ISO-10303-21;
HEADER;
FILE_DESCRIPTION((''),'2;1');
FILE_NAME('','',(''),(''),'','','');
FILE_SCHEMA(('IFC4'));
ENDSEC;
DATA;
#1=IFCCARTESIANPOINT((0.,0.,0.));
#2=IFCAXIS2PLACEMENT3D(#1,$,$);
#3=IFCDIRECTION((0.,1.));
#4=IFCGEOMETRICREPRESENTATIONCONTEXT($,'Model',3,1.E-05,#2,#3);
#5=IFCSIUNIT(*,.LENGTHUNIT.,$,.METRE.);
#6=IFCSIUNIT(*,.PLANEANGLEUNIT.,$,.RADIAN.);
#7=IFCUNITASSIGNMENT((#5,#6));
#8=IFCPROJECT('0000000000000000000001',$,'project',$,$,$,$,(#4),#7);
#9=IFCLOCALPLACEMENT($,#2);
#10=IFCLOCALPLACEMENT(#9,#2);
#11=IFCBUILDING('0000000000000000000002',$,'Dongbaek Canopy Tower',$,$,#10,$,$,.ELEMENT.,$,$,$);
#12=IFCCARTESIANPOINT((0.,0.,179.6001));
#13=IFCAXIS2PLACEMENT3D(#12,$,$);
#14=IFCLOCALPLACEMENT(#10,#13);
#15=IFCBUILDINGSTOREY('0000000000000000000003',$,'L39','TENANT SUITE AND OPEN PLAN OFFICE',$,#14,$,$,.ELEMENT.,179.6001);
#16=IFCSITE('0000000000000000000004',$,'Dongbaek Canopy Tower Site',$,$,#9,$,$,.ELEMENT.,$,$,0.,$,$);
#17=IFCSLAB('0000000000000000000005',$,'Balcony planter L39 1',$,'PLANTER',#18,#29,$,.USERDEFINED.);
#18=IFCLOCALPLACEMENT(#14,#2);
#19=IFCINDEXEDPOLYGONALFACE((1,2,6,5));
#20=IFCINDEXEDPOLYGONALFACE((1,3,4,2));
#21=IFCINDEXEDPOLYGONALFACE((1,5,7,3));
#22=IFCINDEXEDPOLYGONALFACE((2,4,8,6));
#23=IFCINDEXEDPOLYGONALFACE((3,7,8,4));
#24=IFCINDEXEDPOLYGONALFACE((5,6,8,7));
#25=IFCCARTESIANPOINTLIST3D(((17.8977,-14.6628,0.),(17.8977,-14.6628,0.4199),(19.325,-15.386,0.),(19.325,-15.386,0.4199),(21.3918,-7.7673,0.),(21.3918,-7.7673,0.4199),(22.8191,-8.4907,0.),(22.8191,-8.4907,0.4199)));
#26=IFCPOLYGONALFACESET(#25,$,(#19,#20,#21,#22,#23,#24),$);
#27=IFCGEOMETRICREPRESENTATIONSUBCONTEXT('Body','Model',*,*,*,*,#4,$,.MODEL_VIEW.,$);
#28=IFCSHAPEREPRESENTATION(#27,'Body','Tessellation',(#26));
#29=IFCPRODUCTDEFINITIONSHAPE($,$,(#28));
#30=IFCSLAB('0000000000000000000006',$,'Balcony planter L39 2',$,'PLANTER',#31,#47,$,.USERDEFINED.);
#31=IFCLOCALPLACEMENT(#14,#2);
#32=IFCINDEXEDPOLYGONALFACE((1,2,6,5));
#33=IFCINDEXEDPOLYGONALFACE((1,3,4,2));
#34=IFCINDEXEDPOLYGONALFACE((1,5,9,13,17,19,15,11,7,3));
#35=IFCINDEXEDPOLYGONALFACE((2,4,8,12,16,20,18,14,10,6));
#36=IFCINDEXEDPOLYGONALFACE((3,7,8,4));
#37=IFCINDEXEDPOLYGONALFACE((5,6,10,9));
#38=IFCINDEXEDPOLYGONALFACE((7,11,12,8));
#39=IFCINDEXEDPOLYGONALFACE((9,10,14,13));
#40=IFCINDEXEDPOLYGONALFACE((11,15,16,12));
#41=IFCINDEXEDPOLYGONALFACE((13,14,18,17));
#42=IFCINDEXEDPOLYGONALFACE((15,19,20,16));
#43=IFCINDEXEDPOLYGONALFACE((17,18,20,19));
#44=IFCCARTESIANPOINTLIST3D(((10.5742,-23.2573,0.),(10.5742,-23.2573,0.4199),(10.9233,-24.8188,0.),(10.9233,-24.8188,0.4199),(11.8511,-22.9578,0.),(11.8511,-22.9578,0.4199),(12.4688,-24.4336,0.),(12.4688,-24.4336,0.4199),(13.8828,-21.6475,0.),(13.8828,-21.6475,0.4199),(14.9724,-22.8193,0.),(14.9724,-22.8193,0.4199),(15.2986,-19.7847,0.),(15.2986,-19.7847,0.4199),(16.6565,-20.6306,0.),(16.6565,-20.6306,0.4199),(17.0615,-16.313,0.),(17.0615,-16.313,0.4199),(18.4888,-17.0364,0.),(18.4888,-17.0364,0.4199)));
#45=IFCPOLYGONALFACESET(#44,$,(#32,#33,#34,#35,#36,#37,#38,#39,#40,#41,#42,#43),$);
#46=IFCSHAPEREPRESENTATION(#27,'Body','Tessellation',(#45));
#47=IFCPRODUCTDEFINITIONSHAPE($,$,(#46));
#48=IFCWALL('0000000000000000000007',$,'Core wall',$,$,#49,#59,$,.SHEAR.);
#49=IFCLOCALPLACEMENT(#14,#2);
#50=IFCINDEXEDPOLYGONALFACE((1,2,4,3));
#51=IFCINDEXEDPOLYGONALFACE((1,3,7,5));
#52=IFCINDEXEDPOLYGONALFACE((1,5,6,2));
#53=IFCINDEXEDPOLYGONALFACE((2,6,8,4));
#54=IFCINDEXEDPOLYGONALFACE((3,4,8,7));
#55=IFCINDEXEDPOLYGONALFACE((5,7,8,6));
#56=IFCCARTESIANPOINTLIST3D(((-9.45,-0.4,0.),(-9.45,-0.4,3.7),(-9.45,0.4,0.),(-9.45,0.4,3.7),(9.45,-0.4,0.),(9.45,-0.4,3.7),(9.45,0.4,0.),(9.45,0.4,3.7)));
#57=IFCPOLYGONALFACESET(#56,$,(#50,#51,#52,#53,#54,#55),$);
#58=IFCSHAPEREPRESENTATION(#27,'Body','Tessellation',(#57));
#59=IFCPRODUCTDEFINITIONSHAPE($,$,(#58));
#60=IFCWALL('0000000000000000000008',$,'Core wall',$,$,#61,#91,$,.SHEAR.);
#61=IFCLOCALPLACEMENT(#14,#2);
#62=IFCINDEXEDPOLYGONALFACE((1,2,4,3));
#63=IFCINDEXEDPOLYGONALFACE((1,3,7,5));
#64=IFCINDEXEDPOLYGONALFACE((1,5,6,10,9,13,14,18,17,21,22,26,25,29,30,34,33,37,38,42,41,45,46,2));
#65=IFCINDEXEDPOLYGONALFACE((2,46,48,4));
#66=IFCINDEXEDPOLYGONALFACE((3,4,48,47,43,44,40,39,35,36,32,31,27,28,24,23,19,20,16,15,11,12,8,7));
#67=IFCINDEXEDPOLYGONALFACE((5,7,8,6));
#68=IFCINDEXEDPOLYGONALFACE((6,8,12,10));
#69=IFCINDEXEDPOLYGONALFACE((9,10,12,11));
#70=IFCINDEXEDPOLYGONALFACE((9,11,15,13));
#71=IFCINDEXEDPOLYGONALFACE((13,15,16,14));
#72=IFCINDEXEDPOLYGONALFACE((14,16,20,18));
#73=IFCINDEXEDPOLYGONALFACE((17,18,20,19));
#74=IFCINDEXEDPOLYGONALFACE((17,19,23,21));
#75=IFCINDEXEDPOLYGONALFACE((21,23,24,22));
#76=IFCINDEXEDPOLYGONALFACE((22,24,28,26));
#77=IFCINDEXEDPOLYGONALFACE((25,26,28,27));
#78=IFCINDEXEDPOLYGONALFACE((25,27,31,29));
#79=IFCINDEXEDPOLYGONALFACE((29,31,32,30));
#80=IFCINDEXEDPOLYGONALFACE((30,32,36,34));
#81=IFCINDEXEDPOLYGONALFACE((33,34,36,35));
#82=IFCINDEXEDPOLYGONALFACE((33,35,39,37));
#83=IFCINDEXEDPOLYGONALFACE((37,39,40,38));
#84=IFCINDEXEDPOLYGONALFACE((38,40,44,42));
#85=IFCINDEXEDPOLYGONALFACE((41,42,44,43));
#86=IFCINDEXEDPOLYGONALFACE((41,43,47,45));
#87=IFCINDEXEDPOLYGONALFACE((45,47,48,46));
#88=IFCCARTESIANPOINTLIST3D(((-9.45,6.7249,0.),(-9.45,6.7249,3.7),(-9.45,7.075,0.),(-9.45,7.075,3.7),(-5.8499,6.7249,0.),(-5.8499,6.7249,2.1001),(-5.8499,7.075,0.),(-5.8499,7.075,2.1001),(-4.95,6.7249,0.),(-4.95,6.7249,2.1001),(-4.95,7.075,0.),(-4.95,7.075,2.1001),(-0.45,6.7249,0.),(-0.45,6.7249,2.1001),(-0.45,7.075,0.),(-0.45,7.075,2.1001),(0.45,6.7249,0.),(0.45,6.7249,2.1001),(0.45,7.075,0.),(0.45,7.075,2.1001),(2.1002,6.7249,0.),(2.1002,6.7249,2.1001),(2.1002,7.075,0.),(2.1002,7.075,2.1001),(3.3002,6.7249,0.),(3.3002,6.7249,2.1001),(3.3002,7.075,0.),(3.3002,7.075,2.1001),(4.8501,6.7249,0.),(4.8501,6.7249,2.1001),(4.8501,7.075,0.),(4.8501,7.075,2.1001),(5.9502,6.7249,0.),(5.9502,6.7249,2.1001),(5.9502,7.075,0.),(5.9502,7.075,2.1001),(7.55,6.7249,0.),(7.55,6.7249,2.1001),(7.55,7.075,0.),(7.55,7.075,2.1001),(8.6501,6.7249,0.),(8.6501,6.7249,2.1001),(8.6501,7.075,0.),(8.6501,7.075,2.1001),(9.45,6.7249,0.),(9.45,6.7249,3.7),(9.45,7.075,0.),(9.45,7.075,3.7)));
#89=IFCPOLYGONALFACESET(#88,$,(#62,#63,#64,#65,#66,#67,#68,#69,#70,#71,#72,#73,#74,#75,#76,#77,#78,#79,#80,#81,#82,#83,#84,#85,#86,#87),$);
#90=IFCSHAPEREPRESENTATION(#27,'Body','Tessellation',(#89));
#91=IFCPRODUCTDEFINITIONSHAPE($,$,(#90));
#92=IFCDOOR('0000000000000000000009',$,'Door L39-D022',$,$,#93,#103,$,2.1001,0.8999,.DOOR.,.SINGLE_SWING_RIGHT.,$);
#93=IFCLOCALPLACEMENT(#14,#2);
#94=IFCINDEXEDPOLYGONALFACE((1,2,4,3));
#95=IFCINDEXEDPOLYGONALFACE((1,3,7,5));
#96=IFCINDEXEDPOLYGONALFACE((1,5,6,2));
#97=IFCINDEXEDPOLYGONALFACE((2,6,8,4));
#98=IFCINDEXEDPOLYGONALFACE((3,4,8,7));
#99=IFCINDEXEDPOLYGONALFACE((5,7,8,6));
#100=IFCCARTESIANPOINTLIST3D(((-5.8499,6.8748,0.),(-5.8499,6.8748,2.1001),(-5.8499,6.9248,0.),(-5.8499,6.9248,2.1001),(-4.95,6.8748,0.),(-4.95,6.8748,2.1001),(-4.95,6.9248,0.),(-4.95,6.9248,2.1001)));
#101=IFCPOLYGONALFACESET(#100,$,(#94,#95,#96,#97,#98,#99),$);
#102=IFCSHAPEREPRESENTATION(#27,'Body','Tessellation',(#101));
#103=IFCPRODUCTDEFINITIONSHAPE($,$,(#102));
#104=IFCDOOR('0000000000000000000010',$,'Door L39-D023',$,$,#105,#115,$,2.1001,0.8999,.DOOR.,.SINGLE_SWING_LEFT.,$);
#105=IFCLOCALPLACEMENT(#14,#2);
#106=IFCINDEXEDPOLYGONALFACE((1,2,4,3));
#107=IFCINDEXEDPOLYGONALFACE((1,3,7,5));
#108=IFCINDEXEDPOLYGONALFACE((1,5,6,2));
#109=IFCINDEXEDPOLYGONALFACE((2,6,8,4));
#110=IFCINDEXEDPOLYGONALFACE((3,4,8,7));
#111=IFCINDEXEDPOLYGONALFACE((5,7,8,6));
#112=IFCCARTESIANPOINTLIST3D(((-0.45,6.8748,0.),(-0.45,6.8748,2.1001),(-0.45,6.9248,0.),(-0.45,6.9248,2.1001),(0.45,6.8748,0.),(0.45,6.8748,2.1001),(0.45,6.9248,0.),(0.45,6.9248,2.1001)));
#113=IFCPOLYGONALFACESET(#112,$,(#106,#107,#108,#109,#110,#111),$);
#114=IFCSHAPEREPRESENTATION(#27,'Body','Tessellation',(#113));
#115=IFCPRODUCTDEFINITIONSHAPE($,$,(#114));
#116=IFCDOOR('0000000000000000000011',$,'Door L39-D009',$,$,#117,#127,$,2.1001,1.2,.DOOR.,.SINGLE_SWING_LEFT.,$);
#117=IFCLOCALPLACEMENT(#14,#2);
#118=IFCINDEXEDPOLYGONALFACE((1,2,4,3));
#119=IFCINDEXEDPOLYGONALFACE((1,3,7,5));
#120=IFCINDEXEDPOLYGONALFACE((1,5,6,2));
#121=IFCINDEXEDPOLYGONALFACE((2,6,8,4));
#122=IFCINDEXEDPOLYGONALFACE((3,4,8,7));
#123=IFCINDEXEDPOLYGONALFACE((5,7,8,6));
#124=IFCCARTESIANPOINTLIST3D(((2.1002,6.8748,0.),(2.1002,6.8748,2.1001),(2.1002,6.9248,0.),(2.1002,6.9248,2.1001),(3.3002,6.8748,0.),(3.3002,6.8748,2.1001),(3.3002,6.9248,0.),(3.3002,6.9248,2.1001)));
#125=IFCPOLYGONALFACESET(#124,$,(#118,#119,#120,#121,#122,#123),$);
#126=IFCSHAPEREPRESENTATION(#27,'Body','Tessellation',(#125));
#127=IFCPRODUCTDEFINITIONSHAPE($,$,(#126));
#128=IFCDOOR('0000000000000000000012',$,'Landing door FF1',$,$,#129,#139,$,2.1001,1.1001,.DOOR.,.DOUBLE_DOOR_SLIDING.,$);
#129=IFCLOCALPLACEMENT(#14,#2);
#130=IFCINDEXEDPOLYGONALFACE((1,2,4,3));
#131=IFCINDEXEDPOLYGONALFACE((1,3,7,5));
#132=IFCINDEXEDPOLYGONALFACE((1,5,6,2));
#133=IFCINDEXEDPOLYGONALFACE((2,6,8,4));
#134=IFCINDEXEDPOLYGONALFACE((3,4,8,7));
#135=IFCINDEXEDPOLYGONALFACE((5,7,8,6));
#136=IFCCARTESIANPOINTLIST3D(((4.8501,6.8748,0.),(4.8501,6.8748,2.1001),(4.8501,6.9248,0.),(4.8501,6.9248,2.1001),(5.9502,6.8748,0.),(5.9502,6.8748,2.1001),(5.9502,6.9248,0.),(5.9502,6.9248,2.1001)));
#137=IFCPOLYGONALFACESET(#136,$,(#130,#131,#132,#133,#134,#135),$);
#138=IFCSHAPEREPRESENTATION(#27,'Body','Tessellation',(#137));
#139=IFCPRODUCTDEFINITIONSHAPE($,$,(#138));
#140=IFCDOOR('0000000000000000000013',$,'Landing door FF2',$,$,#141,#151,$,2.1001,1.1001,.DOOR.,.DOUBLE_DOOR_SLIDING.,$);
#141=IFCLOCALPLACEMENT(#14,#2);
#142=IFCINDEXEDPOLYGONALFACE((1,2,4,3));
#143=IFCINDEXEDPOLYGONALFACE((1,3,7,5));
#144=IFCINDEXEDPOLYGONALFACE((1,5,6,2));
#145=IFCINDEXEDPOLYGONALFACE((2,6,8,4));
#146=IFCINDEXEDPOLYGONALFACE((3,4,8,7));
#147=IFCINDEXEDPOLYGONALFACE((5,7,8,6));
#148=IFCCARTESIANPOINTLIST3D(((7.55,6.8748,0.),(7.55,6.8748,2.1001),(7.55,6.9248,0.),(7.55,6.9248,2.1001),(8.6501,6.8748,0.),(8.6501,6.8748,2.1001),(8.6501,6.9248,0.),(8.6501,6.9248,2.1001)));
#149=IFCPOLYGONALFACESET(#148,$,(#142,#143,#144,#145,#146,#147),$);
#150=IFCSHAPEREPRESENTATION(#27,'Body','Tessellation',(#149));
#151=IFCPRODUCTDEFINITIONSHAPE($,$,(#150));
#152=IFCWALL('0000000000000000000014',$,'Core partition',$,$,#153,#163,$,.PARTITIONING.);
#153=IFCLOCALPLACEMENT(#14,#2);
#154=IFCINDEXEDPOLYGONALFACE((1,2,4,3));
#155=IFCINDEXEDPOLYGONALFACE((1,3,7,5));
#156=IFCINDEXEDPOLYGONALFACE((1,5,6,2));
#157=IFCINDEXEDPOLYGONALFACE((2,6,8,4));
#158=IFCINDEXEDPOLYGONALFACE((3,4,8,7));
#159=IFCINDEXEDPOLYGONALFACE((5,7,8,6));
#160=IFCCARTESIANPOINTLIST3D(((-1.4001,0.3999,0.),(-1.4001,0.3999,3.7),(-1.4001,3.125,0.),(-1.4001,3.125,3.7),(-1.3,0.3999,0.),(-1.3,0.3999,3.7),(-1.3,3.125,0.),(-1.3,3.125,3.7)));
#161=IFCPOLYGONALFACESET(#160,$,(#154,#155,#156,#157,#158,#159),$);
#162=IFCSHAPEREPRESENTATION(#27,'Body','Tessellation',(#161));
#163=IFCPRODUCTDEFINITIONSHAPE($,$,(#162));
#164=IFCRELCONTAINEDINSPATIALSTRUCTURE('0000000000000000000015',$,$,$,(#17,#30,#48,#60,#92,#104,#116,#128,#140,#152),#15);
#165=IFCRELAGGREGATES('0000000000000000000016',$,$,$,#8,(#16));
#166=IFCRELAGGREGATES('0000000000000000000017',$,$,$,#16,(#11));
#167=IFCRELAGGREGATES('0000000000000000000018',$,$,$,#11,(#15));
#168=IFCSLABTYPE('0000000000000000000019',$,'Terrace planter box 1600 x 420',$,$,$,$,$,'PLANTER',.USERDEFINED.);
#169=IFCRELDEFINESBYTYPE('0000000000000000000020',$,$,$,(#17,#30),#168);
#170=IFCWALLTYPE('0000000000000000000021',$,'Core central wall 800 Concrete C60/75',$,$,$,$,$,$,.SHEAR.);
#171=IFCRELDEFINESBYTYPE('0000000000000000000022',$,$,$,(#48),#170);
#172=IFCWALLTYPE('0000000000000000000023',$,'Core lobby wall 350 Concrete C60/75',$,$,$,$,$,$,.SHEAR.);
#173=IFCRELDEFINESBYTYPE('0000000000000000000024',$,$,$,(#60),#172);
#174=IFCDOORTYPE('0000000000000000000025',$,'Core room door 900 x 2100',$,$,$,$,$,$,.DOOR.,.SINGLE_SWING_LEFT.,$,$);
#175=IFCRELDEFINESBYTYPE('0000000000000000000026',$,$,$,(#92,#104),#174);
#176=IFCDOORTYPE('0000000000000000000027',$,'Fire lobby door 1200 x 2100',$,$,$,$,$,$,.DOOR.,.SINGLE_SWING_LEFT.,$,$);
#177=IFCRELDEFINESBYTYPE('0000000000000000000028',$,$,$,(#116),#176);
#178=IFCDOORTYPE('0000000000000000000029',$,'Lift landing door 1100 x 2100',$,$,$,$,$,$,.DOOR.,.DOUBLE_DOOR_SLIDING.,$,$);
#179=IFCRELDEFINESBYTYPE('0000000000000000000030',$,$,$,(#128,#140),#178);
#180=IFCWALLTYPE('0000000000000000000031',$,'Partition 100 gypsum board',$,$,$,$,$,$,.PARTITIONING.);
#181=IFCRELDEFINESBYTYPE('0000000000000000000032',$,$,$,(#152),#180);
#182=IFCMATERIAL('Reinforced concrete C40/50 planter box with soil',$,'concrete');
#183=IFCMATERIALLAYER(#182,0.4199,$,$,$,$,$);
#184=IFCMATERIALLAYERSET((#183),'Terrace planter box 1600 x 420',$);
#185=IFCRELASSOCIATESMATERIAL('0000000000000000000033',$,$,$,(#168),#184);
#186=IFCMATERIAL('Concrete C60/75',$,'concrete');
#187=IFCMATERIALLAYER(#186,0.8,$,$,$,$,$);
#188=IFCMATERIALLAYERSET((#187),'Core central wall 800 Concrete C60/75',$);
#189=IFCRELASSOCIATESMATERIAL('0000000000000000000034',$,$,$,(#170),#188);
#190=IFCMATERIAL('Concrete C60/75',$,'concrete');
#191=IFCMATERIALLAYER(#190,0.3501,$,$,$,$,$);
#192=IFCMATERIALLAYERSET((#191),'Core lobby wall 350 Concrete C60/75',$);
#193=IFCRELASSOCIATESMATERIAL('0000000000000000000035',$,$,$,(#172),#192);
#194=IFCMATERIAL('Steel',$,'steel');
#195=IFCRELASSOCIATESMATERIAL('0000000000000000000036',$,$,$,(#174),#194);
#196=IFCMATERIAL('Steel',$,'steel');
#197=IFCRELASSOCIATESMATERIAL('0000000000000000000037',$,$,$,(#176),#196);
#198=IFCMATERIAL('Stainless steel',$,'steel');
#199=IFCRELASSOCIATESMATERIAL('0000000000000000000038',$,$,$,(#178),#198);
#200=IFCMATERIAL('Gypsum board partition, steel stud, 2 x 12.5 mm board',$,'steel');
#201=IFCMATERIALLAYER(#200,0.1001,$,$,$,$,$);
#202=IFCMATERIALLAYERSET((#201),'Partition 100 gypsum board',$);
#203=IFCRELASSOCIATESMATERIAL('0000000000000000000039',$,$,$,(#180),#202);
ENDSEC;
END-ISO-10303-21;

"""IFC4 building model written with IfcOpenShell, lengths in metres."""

from ifc_helpers import new_model, si_unit, direction, frame, frame_2d, origin, place, context, subcontext, project, spatial, polyline, rectangle, outline, extrude, material, layer, layer_set, type_object, element, fill, save


model = new_model("IFC4")

# Units and contexts
model_context = context("Model", 3, precision=1e-05, world=origin(), true_north=direction((0.0, 1.0)))
body_context = subcontext(model_context, "Body", "Model", "MODEL_VIEW")
ifc_project = project(units=[si_unit("LENGTHUNIT", "METRE"), si_unit("PLANEANGLEUNIT", "RADIAN")], contexts=[model_context])

# Site, building, storey
site_placement = place(None, origin())
site = spatial("IfcSite", under=ifc_project, at=site_placement, Name="Dongbaek Canopy Tower Site", CompositionType="ELEMENT", RefElevation=0.0)
building_placement = place(site_placement, origin())
building = spatial("IfcBuilding", under=site, at=building_placement, Name="Dongbaek Canopy Tower", CompositionType="ELEMENT")
storey_placement = place(building_placement, frame((0.0, 0.0, 179.6001)))
storey = spatial("IfcBuildingStorey", under=building, at=storey_placement, Name="L39", Description="TENANT SUITE AND OPEN PLAN OFFICE", CompositionType="ELEMENT", Elevation=179.6001)

# Slabs
ifc_material_1 = material(Name="Reinforced concrete C40/50 planter box with soil", Category="concrete")
ifc_layer_1 = layer(ifc_material_1, 0.4199)
ifc_layer_set_1 = layer_set([ifc_layer_1], Name="Terrace planter box 1600 x 420")
slab_type_1 = type_object("IfcSlabType", Name="Terrace planter box 1600 x 420", ElementType="PLANTER", PredefinedType="USERDEFINED", material=ifc_layer_set_1)
slab_1_placement = place(storey_placement, origin())
element("IfcSlab", 1, at=slab_1_placement, inside=storey, type_object=slab_type_1, Name="Balcony planter L39 1", ObjectType="PLANTER", PredefinedType="USERDEFINED", context=body_context, shape_type="SweptSolid", body=[
    extrude(outline(polyline([(17.8977, -14.6628), (21.3918, -7.7673), (22.8191, -8.4907), (19.325, -15.386), (17.8977, -14.6628)])), origin(), (0.0, 0.0, 1.0), 0.4199),
])
slab_2_placement = place(storey_placement, origin())
element("IfcSlab", 2, at=slab_2_placement, inside=storey, type_object=slab_type_1, Name="Balcony planter L39 2", ObjectType="PLANTER", PredefinedType="USERDEFINED", context=body_context, shape_type="SweptSolid", body=[
    extrude(outline(polyline([(10.5742, -23.2573), (11.8511, -22.9578), (13.8828, -21.6475), (15.2986, -19.7847), (17.0615, -16.313), (18.4888, -17.0364), (16.6565, -20.6306), (14.9724, -22.8193), (12.4688, -24.4336), (10.9233, -24.8188), (10.5742, -23.2573)])), origin(), (0.0, 0.0, 1.0), 0.4199),
])

# Wall
ifc_material_2 = material(Name="Concrete C60/75", Category="concrete")
ifc_layer_2 = layer(ifc_material_2, 0.8)
ifc_layer_set_2 = layer_set([ifc_layer_2], Name="Core central wall 800 Concrete C60/75")
wall_type_1 = type_object("IfcWallType", Name="Core central wall 800 Concrete C60/75", PredefinedType="SHEAR", material=ifc_layer_set_2)
wall_1_placement = place(storey_placement, frame((-9.45, 0.0, 0.0), z_axis=(0.0, 0.0, 1.0), x_axis=(1.0, 0.0, 0.0)))
element("IfcWall", 3, at=wall_1_placement, inside=storey, type_object=wall_type_1, Name="Core wall", PredefinedType="SHEAR", context=body_context, shape_type="SweptSolid", body=[
    extrude(rectangle(XDim=18.8999, YDim=0.8, at=frame_2d((9.45, 0.0))), origin(), (0.0, 0.0, 1.0), 3.7),
])

# Wall, openings, doors
ifc_material_3 = material(Name="Concrete C60/75", Category="concrete")
ifc_layer_3 = layer(ifc_material_3, 0.3501)
ifc_layer_set_3 = layer_set([ifc_layer_3], Name="Core lobby wall 350 Concrete C60/75")
wall_type_2 = type_object("IfcWallType", Name="Core lobby wall 350 Concrete C60/75", PredefinedType="SHEAR", material=ifc_layer_set_3)
wall_2_placement = place(storey_placement, frame((-9.45, 6.8999, 0.0), z_axis=(0.0, 0.0, 1.0), x_axis=(1.0, 0.0, 0.0)))
wall_2 = element("IfcWall", 4, at=wall_2_placement, inside=storey, type_object=wall_type_2, Name="Core wall", PredefinedType="SHEAR", context=body_context, shape_type="SweptSolid", body=[
    extrude(rectangle(XDim=18.8999, YDim=0.3501, at=frame_2d((9.45, 0.0))), origin(), (0.0, 0.0, 1.0), 3.7),
])
opening_1_placement = place(wall_2_placement, frame((11.55, 0.0, 0.0)))
opening_1 = element("IfcOpeningElement", 5, at=opening_1_placement, cuts=wall_2, PredefinedType="OPENING", context=body_context, shape_type="SweptSolid", body=[
    extrude(rectangle(XDim=1.2, YDim=2.1001, at=frame_2d((0.6001, 1.05))), frame((0.0, 0.1851, 0.0), z_axis=(0.0, -1.0, 0.0), x_axis=(1.0, 0.0, 0.0)), (0.0, 0.0, 1.0), 0.3701),
])
opening_2_placement = place(wall_2_placement, frame((14.3, 0.0, 0.0)))
opening_2 = element("IfcOpeningElement", 6, at=opening_2_placement, cuts=wall_2, PredefinedType="OPENING", context=body_context, shape_type="SweptSolid", body=[
    extrude(rectangle(XDim=1.1001, YDim=2.1001, at=frame_2d((0.55, 1.05))), frame((0.0, 0.1851, 0.0), z_axis=(0.0, -1.0, 0.0), x_axis=(1.0, 0.0, 0.0)), (0.0, 0.0, 1.0), 0.3701),
])
opening_3_placement = place(wall_2_placement, frame((17.0, 0.0, 0.0)))
opening_3 = element("IfcOpeningElement", 7, at=opening_3_placement, cuts=wall_2, PredefinedType="OPENING", context=body_context, shape_type="SweptSolid", body=[
    extrude(rectangle(XDim=1.1001, YDim=2.1001, at=frame_2d((0.55, 1.05))), frame((0.0, 0.1851, 0.0), z_axis=(0.0, -1.0, 0.0), x_axis=(1.0, 0.0, 0.0)), (0.0, 0.0, 1.0), 0.3701),
])
opening_4_placement = place(wall_2_placement, frame((3.6001, 0.0, 0.0)))
opening_4 = element("IfcOpeningElement", 8, at=opening_4_placement, cuts=wall_2, PredefinedType="OPENING", context=body_context, shape_type="SweptSolid", body=[
    extrude(rectangle(XDim=0.8999, YDim=2.1001, at=frame_2d((0.45, 1.05))), frame((0.0, 0.1851, 0.0), z_axis=(0.0, -1.0, 0.0), x_axis=(1.0, 0.0, 0.0)), (0.0, 0.0, 1.0), 0.3701),
])
opening_5_placement = place(wall_2_placement, frame((9.0, 0.0, 0.0)))
opening_5 = element("IfcOpeningElement", 9, at=opening_5_placement, cuts=wall_2, PredefinedType="OPENING", context=body_context, shape_type="SweptSolid", body=[
    extrude(rectangle(XDim=0.8999, YDim=2.1001, at=frame_2d((0.45, 1.05))), frame((0.0, 0.1851, 0.0), z_axis=(0.0, -1.0, 0.0), x_axis=(1.0, 0.0, 0.0)), (0.0, 0.0, 1.0), 0.3701),
])
ifc_material_4 = material(Name="Steel", Category="steel")
door_type_1 = type_object("IfcDoorType", Name="Core room door 900 x 2100", OperationType="SINGLE_SWING_LEFT", PredefinedType="DOOR", material=ifc_material_4)
door_1_placement = place(opening_4_placement, origin())
door_1 = element("IfcDoor", 10, at=door_1_placement, inside=storey, type_object=door_type_1, Name="Door L39-D022", OperationType="SINGLE_SWING_RIGHT", OverallHeight=2.1001, OverallWidth=0.8999, PredefinedType="DOOR", context=body_context, shape_type="SweptSolid", body=[
    extrude(rectangle(XDim=0.8999, YDim=2.1001, at=frame_2d((0.45, 1.05))), frame((0.0, 0.0249, 0.0), z_axis=(0.0, -1.0, 0.0), x_axis=(1.0, 0.0, 0.0)), (0.0, 0.0, 1.0), 0.05),
])
fill(opening_4, door_1)
door_2_placement = place(opening_5_placement, origin())
door_2 = element("IfcDoor", 11, at=door_2_placement, inside=storey, type_object=door_type_1, Name="Door L39-D023", OperationType="SINGLE_SWING_LEFT", OverallHeight=2.1001, OverallWidth=0.8999, PredefinedType="DOOR", context=body_context, shape_type="SweptSolid", body=[
    extrude(rectangle(XDim=0.8999, YDim=2.1001, at=frame_2d((0.45, 1.05))), frame((0.0, 0.0249, 0.0), z_axis=(0.0, -1.0, 0.0), x_axis=(1.0, 0.0, 0.0)), (0.0, 0.0, 1.0), 0.05),
])
fill(opening_5, door_2)
ifc_material_5 = material(Name="Steel", Category="steel")
door_type_2 = type_object("IfcDoorType", Name="Fire lobby door 1200 x 2100", OperationType="SINGLE_SWING_LEFT", PredefinedType="DOOR", material=ifc_material_5)
door_3_placement = place(opening_1_placement, origin())
door_3 = element("IfcDoor", 12, at=door_3_placement, inside=storey, type_object=door_type_2, Name="Door L39-D009", OperationType="SINGLE_SWING_LEFT", OverallHeight=2.1001, OverallWidth=1.2, PredefinedType="DOOR", context=body_context, shape_type="SweptSolid", body=[
    extrude(rectangle(XDim=1.2, YDim=2.1001, at=frame_2d((0.6001, 1.05))), frame((0.0, 0.0249, 0.0), z_axis=(0.0, -1.0, 0.0), x_axis=(1.0, 0.0, 0.0)), (0.0, 0.0, 1.0), 0.05),
])
fill(opening_1, door_3)
ifc_material_6 = material(Name="Stainless steel", Category="steel")
door_type_3 = type_object("IfcDoorType", Name="Lift landing door 1100 x 2100", OperationType="DOUBLE_DOOR_SLIDING", PredefinedType="DOOR", material=ifc_material_6)
door_4_placement = place(opening_2_placement, origin())
door_4 = element("IfcDoor", 13, at=door_4_placement, inside=storey, type_object=door_type_3, Name="Landing door FF1", OperationType="DOUBLE_DOOR_SLIDING", OverallHeight=2.1001, OverallWidth=1.1001, PredefinedType="DOOR", context=body_context, shape_type="SweptSolid", body=[
    extrude(rectangle(XDim=1.1001, YDim=2.1001, at=frame_2d((0.55, 1.05))), frame((0.0, 0.0249, 0.0), z_axis=(0.0, -1.0, 0.0), x_axis=(1.0, 0.0, 0.0)), (0.0, 0.0, 1.0), 0.05),
])
fill(opening_2, door_4)
door_5_placement = place(opening_3_placement, origin())
door_5 = element("IfcDoor", 14, at=door_5_placement, inside=storey, type_object=door_type_3, Name="Landing door FF2", OperationType="DOUBLE_DOOR_SLIDING", OverallHeight=2.1001, OverallWidth=1.1001, PredefinedType="DOOR", context=body_context, shape_type="SweptSolid", body=[
    extrude(rectangle(XDim=1.1001, YDim=2.1001, at=frame_2d((0.55, 1.05))), frame((0.0, 0.0249, 0.0), z_axis=(0.0, -1.0, 0.0), x_axis=(1.0, 0.0, 0.0)), (0.0, 0.0, 1.0), 0.05),
])
fill(opening_3, door_5)

# Wall
ifc_material_7 = material(Name="Gypsum board partition, steel stud, 2 x 12.5 mm board", Category="steel")
ifc_layer_4 = layer(ifc_material_7, 0.1001)
ifc_layer_set_4 = layer_set([ifc_layer_4], Name="Partition 100 gypsum board")
wall_type_3 = type_object("IfcWallType", Name="Partition 100 gypsum board", PredefinedType="PARTITIONING", material=ifc_layer_set_4)
for number, where, z_axis, x_axis, name in (
    (15, (-1.3501, 0.3999, 0.0), (0.0, 0.0, 1.0), (0.0, 1.0, 0.0), "Core partition"),
):
    element("IfcWall", number, at=place(storey_placement, frame(where, z_axis=z_axis, x_axis=x_axis)), inside=storey, type_object=wall_type_3, Name=name, PredefinedType="PARTITIONING", context=body_context, shape_type="SweptSolid", body=[
        extrude(rectangle(XDim=2.7251, YDim=0.1001, at=frame_2d((1.3625, 0.0))), origin(), (0.0, 0.0, 1.0), 3.7),
    ])

save(model, "model.ifc")
